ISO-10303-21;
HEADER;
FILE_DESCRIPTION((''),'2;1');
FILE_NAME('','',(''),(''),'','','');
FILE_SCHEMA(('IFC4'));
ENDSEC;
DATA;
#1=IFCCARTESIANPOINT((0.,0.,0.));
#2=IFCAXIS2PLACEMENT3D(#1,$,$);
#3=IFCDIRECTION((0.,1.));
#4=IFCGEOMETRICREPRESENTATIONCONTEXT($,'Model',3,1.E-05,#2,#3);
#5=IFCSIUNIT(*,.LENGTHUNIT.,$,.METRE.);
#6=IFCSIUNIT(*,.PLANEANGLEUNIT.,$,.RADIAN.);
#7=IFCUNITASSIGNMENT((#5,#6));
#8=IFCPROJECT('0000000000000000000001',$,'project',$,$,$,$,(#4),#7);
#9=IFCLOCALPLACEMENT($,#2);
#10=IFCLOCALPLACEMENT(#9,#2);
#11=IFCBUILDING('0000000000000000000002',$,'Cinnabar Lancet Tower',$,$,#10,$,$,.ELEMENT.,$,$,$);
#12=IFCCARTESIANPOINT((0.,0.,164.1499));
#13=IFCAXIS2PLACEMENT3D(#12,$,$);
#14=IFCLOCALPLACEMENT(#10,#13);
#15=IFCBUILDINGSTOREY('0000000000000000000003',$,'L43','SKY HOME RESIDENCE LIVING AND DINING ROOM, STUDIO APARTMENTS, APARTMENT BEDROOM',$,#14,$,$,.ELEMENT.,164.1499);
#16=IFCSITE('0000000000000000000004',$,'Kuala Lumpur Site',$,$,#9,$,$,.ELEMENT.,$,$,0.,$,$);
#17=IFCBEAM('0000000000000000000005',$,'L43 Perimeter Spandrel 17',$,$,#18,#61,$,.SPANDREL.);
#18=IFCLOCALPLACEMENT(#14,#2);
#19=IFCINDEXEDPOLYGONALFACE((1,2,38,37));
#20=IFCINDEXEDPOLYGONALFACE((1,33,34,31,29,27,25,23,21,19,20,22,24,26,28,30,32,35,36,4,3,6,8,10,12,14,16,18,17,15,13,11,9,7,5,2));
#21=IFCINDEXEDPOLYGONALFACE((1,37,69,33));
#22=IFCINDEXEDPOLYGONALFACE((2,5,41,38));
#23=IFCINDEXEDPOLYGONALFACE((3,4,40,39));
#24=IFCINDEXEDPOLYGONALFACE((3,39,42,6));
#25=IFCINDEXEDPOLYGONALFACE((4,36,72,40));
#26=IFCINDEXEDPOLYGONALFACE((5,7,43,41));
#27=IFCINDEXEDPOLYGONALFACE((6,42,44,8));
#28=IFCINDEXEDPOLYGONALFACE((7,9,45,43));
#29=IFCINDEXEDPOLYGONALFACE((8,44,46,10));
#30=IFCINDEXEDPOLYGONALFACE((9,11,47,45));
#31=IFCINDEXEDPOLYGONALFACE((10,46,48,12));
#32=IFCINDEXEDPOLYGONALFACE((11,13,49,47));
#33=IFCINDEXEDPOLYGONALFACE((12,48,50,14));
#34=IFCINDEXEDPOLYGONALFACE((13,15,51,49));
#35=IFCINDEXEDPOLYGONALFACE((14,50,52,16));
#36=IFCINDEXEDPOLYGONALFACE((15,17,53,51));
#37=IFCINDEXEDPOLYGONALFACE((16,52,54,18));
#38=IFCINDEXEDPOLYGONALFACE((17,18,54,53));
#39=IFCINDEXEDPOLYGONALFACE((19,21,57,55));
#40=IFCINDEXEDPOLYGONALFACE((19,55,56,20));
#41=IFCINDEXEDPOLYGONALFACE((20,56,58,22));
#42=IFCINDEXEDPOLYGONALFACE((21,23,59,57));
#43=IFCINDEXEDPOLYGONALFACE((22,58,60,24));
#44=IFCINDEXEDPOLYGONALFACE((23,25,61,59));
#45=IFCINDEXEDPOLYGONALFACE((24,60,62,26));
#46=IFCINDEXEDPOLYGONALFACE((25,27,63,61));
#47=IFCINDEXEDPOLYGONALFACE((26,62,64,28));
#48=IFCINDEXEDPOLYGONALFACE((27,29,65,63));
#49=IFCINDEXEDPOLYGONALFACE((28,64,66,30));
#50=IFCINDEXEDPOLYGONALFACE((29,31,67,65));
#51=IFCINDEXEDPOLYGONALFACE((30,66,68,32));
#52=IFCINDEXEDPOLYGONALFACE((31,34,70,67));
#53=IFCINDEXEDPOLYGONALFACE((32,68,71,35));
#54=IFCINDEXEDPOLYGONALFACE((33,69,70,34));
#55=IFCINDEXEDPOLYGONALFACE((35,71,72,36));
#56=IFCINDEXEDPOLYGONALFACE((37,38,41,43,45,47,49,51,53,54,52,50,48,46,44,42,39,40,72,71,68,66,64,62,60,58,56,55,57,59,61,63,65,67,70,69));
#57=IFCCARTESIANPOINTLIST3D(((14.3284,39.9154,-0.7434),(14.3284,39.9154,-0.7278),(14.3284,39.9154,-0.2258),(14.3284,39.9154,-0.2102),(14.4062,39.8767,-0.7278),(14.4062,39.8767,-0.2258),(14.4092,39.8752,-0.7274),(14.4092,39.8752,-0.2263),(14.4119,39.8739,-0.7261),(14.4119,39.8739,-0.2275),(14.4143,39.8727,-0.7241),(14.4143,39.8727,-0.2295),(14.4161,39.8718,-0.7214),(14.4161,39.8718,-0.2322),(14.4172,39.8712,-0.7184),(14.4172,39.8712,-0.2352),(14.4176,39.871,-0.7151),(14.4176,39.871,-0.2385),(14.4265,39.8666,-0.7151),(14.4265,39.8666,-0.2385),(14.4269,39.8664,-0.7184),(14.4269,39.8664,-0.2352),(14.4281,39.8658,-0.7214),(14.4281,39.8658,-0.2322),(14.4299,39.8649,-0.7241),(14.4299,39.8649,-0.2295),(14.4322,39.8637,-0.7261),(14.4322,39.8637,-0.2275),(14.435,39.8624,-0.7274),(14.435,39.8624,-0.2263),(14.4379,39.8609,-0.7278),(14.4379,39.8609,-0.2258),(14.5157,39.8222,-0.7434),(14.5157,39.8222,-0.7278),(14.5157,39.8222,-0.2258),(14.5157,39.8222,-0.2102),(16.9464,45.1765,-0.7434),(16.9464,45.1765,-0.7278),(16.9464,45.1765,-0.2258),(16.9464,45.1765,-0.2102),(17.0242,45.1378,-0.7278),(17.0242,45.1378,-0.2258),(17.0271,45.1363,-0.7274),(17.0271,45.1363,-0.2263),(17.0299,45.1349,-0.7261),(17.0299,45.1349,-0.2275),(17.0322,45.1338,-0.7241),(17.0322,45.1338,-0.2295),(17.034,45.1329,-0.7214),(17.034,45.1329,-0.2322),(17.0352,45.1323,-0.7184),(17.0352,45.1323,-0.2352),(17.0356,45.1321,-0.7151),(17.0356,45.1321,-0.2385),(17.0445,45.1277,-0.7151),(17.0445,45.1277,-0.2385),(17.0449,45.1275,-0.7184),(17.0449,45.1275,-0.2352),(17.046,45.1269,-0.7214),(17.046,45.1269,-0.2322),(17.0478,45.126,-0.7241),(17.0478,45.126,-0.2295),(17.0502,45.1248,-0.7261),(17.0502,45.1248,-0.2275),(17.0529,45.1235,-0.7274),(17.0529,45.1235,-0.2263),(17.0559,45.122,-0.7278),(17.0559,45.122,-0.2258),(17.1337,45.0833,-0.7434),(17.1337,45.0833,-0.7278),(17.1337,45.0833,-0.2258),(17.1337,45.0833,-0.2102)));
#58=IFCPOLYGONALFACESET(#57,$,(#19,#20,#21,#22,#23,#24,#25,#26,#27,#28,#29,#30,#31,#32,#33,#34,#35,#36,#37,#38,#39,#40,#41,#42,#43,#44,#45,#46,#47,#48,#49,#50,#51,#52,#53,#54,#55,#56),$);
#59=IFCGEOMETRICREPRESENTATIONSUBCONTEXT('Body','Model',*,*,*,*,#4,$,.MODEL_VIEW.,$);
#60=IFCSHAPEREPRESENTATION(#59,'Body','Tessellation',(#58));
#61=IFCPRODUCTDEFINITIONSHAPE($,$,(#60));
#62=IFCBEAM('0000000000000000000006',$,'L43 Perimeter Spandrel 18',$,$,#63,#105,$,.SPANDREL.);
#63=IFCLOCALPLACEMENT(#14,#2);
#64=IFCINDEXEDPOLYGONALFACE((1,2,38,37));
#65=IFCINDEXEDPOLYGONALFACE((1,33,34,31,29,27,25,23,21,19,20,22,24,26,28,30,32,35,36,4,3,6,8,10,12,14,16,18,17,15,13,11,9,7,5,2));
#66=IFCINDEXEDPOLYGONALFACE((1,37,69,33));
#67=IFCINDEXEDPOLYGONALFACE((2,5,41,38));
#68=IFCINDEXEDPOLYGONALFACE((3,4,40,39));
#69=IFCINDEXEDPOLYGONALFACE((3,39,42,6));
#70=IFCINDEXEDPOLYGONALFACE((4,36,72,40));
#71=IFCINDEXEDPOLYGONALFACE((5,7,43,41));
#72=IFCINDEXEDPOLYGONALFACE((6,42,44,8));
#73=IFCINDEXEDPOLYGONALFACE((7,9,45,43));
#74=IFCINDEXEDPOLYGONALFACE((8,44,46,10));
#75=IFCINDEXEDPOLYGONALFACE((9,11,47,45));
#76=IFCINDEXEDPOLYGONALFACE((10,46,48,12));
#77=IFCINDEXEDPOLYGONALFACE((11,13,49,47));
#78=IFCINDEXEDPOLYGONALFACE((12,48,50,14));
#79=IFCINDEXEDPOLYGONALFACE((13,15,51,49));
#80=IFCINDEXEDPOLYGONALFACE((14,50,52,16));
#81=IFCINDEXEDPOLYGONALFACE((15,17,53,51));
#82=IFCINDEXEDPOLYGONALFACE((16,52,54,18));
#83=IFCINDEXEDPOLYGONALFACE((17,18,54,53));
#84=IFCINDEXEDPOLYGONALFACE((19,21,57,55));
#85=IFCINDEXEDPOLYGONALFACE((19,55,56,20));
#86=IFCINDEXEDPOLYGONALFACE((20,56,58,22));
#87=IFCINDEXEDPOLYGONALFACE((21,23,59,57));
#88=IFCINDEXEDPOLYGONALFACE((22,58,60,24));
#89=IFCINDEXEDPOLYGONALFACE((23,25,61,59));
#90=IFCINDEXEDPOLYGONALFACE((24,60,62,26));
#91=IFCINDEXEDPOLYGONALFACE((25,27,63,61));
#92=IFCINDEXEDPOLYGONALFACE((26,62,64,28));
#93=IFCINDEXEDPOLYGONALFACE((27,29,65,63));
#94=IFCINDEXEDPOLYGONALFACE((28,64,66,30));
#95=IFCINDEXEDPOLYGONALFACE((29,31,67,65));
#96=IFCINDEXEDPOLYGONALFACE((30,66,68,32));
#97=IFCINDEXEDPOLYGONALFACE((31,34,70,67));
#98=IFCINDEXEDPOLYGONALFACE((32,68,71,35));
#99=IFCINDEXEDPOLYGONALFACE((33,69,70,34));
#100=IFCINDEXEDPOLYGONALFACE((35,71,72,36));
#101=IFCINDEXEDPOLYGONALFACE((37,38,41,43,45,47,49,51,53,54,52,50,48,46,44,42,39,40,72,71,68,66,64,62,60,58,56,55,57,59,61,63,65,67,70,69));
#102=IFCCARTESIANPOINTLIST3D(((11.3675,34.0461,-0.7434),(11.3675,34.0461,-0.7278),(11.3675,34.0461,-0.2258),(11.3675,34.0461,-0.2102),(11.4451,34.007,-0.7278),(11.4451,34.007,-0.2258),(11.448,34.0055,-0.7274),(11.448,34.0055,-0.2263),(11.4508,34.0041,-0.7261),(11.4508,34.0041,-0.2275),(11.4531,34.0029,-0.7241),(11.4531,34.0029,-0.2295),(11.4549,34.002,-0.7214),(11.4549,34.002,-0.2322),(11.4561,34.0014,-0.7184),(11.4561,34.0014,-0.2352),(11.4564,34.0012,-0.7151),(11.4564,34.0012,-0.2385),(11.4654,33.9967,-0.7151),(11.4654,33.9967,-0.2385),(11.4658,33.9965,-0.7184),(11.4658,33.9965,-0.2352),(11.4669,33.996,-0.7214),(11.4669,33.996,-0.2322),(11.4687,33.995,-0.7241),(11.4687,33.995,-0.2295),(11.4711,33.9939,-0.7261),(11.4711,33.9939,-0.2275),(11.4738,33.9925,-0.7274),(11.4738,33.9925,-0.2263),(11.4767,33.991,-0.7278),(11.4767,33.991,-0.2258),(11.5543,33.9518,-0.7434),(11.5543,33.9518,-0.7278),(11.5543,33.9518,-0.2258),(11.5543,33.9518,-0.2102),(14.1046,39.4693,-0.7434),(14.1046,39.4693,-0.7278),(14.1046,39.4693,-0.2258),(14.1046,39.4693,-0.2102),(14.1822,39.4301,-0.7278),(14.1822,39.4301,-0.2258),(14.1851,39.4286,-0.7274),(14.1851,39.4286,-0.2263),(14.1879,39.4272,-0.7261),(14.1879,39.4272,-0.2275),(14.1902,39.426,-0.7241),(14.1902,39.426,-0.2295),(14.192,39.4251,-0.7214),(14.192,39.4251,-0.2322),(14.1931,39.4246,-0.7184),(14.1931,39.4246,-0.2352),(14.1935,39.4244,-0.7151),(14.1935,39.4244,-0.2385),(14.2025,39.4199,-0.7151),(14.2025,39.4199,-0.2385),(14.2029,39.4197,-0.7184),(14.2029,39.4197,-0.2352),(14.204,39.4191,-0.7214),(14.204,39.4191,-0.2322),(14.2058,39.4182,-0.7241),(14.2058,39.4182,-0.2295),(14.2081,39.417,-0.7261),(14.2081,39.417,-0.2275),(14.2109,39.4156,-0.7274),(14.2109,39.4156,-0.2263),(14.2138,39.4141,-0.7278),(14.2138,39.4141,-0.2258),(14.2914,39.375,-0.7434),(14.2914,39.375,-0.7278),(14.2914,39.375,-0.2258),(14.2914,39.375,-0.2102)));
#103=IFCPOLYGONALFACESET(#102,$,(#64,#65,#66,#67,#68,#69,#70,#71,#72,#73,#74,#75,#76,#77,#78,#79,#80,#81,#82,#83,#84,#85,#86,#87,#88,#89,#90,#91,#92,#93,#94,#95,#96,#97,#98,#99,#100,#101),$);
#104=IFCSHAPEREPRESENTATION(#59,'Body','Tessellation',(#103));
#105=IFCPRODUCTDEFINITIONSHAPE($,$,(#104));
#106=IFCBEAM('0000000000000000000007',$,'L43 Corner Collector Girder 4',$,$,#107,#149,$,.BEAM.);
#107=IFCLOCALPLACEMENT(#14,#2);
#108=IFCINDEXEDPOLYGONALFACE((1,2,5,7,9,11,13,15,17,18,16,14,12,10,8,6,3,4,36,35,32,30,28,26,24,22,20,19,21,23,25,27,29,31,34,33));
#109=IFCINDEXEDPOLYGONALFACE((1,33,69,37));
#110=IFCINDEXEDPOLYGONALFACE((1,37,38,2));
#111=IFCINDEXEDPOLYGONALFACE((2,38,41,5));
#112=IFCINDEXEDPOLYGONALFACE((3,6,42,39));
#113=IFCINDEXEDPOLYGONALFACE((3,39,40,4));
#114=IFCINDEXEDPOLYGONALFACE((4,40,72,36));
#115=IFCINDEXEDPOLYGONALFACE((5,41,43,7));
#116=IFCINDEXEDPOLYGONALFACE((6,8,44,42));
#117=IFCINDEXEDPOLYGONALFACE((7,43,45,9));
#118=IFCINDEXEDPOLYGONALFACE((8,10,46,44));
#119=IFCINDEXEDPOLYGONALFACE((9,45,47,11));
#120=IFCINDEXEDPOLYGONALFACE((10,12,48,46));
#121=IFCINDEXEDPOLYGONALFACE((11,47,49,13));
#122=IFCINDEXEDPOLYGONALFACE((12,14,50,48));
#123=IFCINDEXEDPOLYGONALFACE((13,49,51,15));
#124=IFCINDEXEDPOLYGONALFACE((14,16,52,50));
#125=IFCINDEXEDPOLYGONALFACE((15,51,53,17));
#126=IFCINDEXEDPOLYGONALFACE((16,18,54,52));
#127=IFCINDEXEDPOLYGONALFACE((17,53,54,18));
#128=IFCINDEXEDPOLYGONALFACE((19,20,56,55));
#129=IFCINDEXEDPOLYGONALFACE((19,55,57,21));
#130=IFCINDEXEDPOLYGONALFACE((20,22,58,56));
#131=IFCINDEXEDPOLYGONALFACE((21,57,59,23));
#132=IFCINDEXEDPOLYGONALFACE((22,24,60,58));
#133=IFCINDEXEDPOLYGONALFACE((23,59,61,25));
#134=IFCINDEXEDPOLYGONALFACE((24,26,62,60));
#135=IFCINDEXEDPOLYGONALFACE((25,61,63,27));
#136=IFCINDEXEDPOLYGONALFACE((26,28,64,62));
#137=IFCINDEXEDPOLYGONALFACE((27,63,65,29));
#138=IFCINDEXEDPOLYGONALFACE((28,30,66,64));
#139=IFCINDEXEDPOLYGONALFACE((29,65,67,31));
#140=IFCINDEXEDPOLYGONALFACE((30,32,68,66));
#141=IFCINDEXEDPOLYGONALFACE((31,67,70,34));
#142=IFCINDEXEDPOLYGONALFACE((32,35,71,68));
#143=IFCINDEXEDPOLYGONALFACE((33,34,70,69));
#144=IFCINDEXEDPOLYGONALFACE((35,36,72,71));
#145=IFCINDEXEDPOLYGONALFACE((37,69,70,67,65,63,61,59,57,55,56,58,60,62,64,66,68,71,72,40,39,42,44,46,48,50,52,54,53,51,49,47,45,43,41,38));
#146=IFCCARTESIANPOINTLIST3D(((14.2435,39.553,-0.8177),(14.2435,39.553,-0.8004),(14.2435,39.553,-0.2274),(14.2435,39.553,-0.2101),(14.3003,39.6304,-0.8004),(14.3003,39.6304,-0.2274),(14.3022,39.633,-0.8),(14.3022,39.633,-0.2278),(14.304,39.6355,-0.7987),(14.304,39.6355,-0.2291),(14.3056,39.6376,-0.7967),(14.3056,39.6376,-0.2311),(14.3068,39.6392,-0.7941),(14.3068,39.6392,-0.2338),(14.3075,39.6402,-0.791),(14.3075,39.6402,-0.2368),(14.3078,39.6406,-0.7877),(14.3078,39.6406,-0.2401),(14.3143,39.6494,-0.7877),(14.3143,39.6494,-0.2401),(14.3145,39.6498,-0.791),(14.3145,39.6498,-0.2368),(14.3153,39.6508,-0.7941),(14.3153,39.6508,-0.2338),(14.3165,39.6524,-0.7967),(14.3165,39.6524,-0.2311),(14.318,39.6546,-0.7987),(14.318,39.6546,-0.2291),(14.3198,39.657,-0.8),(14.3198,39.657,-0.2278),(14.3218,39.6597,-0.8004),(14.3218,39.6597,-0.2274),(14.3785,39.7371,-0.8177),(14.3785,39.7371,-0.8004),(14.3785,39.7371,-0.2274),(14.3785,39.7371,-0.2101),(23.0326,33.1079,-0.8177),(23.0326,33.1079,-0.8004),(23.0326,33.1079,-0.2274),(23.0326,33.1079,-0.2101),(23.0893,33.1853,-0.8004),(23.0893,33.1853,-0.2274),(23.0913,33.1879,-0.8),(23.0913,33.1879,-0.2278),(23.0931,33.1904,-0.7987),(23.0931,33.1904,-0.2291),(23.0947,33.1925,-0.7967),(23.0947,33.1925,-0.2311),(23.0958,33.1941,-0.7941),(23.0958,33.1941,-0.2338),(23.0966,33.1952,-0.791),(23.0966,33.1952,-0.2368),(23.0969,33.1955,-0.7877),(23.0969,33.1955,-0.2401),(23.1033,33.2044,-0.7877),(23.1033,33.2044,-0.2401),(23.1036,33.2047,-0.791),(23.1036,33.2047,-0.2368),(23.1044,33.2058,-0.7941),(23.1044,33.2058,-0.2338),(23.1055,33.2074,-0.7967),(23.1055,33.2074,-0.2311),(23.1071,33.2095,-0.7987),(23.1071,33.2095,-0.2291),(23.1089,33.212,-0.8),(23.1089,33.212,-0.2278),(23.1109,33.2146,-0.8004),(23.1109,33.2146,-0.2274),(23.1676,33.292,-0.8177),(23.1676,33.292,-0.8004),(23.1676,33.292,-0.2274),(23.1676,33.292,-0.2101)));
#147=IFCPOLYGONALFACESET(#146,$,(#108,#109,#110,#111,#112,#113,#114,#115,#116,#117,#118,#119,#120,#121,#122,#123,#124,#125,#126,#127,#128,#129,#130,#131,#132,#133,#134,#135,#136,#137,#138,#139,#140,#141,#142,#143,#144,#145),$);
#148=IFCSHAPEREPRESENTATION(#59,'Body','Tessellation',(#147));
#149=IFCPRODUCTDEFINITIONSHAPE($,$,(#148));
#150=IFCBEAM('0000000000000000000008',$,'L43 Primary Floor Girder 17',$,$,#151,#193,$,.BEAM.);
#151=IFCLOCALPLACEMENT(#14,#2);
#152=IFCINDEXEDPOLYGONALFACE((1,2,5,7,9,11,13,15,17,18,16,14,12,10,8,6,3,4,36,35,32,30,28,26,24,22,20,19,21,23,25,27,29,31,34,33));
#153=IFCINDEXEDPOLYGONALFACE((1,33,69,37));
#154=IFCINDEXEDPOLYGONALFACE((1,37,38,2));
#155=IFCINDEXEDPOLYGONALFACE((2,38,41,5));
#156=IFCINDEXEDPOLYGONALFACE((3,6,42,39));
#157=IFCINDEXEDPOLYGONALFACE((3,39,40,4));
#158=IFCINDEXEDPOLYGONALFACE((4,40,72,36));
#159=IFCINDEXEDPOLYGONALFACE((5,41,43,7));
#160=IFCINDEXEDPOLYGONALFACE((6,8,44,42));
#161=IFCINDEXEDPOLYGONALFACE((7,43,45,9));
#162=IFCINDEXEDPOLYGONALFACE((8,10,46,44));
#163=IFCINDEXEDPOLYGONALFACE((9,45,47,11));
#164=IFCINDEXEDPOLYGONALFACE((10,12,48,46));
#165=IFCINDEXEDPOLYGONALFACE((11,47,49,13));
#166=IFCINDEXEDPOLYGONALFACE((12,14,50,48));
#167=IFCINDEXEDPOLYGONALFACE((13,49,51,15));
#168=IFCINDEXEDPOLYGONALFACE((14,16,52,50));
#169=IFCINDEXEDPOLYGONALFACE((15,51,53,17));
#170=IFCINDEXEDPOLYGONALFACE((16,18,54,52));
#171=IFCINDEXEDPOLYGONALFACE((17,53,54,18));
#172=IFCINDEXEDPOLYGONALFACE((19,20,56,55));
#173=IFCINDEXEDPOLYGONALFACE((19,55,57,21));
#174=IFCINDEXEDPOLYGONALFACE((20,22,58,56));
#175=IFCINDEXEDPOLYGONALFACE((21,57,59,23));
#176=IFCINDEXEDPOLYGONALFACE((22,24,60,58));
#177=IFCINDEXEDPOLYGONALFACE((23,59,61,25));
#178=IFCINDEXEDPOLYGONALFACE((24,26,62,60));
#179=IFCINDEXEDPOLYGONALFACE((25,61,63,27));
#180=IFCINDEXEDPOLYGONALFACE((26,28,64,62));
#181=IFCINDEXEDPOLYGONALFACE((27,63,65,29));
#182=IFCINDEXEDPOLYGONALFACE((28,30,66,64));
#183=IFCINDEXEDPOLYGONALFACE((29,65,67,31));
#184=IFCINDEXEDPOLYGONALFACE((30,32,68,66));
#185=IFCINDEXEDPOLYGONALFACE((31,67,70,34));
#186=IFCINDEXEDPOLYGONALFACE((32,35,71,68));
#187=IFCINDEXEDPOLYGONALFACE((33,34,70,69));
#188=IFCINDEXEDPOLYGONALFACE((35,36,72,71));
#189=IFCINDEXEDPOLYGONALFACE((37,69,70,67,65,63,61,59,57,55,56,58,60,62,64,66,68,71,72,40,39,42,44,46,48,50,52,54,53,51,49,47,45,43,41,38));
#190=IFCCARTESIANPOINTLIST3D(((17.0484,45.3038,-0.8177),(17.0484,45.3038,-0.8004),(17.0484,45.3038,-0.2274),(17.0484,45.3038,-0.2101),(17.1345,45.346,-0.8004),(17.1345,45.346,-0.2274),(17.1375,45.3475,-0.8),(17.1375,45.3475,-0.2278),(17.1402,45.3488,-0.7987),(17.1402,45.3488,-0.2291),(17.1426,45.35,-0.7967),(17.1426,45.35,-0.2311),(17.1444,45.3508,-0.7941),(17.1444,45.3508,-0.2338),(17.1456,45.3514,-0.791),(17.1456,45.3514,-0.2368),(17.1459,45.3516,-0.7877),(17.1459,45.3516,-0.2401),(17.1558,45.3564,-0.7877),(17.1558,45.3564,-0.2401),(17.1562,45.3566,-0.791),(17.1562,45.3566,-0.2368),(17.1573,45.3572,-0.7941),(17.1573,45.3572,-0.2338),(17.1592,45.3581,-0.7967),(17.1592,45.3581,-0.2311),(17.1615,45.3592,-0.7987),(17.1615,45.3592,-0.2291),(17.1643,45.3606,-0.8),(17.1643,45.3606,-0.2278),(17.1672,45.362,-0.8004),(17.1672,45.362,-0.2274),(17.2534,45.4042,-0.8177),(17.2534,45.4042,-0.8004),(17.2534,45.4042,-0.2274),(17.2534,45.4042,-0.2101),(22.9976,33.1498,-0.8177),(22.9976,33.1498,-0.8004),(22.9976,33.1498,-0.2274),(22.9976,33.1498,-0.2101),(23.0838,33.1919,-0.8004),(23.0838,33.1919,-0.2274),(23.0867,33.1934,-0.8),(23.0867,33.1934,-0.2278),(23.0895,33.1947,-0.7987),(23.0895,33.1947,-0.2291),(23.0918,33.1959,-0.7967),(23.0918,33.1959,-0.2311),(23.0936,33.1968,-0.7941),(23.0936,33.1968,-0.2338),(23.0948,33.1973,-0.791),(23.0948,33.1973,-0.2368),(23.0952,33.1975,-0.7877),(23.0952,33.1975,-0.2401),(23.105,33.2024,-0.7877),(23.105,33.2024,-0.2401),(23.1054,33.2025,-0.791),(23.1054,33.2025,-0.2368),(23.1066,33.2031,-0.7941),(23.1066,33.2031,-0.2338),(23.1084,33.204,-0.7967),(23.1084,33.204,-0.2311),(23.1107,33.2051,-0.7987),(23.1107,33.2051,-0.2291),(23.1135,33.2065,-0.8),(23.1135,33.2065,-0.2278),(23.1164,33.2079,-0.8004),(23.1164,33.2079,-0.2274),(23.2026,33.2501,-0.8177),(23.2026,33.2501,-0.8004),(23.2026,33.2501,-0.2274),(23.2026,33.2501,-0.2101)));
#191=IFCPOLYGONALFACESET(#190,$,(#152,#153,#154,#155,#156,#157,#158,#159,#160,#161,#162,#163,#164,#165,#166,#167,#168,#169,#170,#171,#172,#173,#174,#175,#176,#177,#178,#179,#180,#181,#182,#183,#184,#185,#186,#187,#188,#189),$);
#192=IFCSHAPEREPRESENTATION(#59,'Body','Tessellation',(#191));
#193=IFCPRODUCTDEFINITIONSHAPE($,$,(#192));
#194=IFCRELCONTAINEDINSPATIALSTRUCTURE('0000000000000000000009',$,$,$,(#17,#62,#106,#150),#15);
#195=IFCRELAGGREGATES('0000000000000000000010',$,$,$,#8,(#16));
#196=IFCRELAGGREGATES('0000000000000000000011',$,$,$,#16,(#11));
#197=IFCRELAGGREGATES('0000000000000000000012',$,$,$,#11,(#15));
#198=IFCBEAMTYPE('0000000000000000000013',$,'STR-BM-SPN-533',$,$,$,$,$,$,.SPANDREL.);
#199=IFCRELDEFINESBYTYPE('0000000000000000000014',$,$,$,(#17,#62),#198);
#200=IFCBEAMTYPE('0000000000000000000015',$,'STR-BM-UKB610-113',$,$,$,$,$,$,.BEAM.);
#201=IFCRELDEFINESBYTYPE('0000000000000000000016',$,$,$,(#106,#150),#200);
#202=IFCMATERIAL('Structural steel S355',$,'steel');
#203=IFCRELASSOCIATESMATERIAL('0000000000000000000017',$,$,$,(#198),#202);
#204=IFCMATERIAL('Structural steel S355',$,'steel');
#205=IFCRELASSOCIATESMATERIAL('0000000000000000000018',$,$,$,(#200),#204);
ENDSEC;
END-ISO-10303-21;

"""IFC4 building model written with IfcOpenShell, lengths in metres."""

from ifc_helpers import new_model, si_unit, direction, frame, origin, origin_2d, place, context, subcontext, project, spatial, i_section, extrude, material, material_profile, profile_set, type_object, element, save


model = new_model("IFC4")

# Units and contexts
model_context = context("Model", 3, precision=1e-05, world=origin(), true_north=direction((0.0, 1.0)))
body_context = subcontext(model_context, "Body", "Model", "MODEL_VIEW")
ifc_project = project(units=[si_unit("LENGTHUNIT", "METRE"), si_unit("PLANEANGLEUNIT", "RADIAN")], contexts=[model_context])

# Site, building, storey
site_placement = place(None, origin())
site = spatial("IfcSite", under=ifc_project, at=site_placement, Name="Kuala Lumpur Site", CompositionType="ELEMENT", RefElevation=0.0)
building_placement = place(site_placement, origin())
building = spatial("IfcBuilding", under=site, at=building_placement, Name="Cinnabar Lancet Tower", CompositionType="ELEMENT")
storey_placement = place(building_placement, frame((0.0, 0.0, 164.1499)))
storey = spatial("IfcBuildingStorey", under=building, at=storey_placement, Name="L43", Description="SKY HOME RESIDENCE LIVING AND DINING ROOM, STUDIO APARTMENTS, APARTMENT BEDROOM", CompositionType="ELEMENT", Elevation=164.1499)

# Beams
ifc_material_1 = material(Name="Structural steel S355", Category="steel")
ifc_material_profile_1 = material_profile(ifc_material_1, i_section(OverallWidth=0.2092, OverallDepth=0.5332, WebThickness=0.01, FlangeThickness=0.0156, FilletRadius=0.0127, at=origin_2d()), Name="UKB 533x210x92")
ifc_profile_set_1 = profile_set([ifc_material_profile_1], Name="Structural steel S355")
beam_type_1 = type_object("IfcBeamType", Name="STR-BM-SPN-533", PredefinedType="SPANDREL", material=ifc_profile_set_1)
beam_1_placement = place(storey_placement, frame((17.04, 45.1299, -0.4768), z_axis=(-0.445501, -0.895281, 0.0), x_axis=(0.895281, -0.445501, 0.0)))
element("IfcBeam", 1, at=beam_1_placement, inside=storey, type_object=beam_type_1, Name="L43 Perimeter Spandrel 17", PredefinedType="SPANDREL", context=body_context, shape_type="SweptSolid", body=[
    extrude(i_section(OverallWidth=0.2092, OverallDepth=0.5332, WebThickness=0.01, FlangeThickness=0.0156, FilletRadius=0.0127, at=origin_2d()), origin(), (0.0, 0.0, 1.0), 5.8765),
])
beam_2_placement = place(storey_placement, frame((14.198, 39.4221, -0.4768), z_axis=(-0.45057, -0.892741, 0.0), x_axis=(0.892741, -0.45057, 0.0)))
element("IfcBeam", 2, at=beam_2_placement, inside=storey, type_object=beam_type_1, Name="L43 Perimeter Spandrel 18", PredefinedType="SPANDREL", context=body_context, shape_type="SweptSolid", body=[
    extrude(i_section(OverallWidth=0.2092, OverallDepth=0.5332, WebThickness=0.01, FlangeThickness=0.0156, FilletRadius=0.0127, at=origin_2d()), origin(), (0.0, 0.0, 1.0), 6.0747),
])
ifc_material_2 = material(Name="Structural steel S355", Category="steel")
ifc_material_profile_2 = material_profile(ifc_material_2, i_section(OverallWidth=0.2283, OverallDepth=0.6077, WebThickness=0.011, FlangeThickness=0.0173, FilletRadius=0.0127, at=origin_2d()), Name="UKB 610x229x113")
ifc_profile_set_2 = profile_set([ifc_material_profile_2], Name="Structural steel S355")
beam_type_2 = type_object("IfcBeamType", Name="STR-BM-UKB610-113", PredefinedType="BEAM", material=ifc_profile_set_2)
beam_3_placement = place(storey_placement, frame((14.311, 39.645, -0.5139), z_axis=(0.806416, -0.591349, 0.0), x_axis=(0.591349, 0.806416, 0.0)))
element("IfcBeam", 3, at=beam_3_placement, inside=storey, type_object=beam_type_2, Name="L43 Corner Collector Girder 4", PredefinedType="BEAM", context=body_context, shape_type="SweptSolid", body=[
    extrude(i_section(OverallWidth=0.2283, OverallDepth=0.6077, WebThickness=0.011, FlangeThickness=0.0173, FilletRadius=0.0127, at=origin_2d()), origin(), (0.0, 0.0, 1.0), 10.8989),
])
beam_4_placement = place(storey_placement, frame((17.1509, 45.354, -0.5139), z_axis=(0.439642, -0.898173, 0.0), x_axis=(0.898173, 0.439642, 0.0)))
element("IfcBeam", 4, at=beam_4_placement, inside=storey, type_object=beam_type_2, Name="L43 Primary Floor Girder 17", PredefinedType="BEAM", context=body_context, shape_type="SweptSolid", body=[
    extrude(i_section(OverallWidth=0.2283, OverallDepth=0.6077, WebThickness=0.011, FlangeThickness=0.0173, FilletRadius=0.0127, at=origin_2d()), origin(), (0.0, 0.0, 1.0), 13.532),
])

save(model, "model.ifc")
